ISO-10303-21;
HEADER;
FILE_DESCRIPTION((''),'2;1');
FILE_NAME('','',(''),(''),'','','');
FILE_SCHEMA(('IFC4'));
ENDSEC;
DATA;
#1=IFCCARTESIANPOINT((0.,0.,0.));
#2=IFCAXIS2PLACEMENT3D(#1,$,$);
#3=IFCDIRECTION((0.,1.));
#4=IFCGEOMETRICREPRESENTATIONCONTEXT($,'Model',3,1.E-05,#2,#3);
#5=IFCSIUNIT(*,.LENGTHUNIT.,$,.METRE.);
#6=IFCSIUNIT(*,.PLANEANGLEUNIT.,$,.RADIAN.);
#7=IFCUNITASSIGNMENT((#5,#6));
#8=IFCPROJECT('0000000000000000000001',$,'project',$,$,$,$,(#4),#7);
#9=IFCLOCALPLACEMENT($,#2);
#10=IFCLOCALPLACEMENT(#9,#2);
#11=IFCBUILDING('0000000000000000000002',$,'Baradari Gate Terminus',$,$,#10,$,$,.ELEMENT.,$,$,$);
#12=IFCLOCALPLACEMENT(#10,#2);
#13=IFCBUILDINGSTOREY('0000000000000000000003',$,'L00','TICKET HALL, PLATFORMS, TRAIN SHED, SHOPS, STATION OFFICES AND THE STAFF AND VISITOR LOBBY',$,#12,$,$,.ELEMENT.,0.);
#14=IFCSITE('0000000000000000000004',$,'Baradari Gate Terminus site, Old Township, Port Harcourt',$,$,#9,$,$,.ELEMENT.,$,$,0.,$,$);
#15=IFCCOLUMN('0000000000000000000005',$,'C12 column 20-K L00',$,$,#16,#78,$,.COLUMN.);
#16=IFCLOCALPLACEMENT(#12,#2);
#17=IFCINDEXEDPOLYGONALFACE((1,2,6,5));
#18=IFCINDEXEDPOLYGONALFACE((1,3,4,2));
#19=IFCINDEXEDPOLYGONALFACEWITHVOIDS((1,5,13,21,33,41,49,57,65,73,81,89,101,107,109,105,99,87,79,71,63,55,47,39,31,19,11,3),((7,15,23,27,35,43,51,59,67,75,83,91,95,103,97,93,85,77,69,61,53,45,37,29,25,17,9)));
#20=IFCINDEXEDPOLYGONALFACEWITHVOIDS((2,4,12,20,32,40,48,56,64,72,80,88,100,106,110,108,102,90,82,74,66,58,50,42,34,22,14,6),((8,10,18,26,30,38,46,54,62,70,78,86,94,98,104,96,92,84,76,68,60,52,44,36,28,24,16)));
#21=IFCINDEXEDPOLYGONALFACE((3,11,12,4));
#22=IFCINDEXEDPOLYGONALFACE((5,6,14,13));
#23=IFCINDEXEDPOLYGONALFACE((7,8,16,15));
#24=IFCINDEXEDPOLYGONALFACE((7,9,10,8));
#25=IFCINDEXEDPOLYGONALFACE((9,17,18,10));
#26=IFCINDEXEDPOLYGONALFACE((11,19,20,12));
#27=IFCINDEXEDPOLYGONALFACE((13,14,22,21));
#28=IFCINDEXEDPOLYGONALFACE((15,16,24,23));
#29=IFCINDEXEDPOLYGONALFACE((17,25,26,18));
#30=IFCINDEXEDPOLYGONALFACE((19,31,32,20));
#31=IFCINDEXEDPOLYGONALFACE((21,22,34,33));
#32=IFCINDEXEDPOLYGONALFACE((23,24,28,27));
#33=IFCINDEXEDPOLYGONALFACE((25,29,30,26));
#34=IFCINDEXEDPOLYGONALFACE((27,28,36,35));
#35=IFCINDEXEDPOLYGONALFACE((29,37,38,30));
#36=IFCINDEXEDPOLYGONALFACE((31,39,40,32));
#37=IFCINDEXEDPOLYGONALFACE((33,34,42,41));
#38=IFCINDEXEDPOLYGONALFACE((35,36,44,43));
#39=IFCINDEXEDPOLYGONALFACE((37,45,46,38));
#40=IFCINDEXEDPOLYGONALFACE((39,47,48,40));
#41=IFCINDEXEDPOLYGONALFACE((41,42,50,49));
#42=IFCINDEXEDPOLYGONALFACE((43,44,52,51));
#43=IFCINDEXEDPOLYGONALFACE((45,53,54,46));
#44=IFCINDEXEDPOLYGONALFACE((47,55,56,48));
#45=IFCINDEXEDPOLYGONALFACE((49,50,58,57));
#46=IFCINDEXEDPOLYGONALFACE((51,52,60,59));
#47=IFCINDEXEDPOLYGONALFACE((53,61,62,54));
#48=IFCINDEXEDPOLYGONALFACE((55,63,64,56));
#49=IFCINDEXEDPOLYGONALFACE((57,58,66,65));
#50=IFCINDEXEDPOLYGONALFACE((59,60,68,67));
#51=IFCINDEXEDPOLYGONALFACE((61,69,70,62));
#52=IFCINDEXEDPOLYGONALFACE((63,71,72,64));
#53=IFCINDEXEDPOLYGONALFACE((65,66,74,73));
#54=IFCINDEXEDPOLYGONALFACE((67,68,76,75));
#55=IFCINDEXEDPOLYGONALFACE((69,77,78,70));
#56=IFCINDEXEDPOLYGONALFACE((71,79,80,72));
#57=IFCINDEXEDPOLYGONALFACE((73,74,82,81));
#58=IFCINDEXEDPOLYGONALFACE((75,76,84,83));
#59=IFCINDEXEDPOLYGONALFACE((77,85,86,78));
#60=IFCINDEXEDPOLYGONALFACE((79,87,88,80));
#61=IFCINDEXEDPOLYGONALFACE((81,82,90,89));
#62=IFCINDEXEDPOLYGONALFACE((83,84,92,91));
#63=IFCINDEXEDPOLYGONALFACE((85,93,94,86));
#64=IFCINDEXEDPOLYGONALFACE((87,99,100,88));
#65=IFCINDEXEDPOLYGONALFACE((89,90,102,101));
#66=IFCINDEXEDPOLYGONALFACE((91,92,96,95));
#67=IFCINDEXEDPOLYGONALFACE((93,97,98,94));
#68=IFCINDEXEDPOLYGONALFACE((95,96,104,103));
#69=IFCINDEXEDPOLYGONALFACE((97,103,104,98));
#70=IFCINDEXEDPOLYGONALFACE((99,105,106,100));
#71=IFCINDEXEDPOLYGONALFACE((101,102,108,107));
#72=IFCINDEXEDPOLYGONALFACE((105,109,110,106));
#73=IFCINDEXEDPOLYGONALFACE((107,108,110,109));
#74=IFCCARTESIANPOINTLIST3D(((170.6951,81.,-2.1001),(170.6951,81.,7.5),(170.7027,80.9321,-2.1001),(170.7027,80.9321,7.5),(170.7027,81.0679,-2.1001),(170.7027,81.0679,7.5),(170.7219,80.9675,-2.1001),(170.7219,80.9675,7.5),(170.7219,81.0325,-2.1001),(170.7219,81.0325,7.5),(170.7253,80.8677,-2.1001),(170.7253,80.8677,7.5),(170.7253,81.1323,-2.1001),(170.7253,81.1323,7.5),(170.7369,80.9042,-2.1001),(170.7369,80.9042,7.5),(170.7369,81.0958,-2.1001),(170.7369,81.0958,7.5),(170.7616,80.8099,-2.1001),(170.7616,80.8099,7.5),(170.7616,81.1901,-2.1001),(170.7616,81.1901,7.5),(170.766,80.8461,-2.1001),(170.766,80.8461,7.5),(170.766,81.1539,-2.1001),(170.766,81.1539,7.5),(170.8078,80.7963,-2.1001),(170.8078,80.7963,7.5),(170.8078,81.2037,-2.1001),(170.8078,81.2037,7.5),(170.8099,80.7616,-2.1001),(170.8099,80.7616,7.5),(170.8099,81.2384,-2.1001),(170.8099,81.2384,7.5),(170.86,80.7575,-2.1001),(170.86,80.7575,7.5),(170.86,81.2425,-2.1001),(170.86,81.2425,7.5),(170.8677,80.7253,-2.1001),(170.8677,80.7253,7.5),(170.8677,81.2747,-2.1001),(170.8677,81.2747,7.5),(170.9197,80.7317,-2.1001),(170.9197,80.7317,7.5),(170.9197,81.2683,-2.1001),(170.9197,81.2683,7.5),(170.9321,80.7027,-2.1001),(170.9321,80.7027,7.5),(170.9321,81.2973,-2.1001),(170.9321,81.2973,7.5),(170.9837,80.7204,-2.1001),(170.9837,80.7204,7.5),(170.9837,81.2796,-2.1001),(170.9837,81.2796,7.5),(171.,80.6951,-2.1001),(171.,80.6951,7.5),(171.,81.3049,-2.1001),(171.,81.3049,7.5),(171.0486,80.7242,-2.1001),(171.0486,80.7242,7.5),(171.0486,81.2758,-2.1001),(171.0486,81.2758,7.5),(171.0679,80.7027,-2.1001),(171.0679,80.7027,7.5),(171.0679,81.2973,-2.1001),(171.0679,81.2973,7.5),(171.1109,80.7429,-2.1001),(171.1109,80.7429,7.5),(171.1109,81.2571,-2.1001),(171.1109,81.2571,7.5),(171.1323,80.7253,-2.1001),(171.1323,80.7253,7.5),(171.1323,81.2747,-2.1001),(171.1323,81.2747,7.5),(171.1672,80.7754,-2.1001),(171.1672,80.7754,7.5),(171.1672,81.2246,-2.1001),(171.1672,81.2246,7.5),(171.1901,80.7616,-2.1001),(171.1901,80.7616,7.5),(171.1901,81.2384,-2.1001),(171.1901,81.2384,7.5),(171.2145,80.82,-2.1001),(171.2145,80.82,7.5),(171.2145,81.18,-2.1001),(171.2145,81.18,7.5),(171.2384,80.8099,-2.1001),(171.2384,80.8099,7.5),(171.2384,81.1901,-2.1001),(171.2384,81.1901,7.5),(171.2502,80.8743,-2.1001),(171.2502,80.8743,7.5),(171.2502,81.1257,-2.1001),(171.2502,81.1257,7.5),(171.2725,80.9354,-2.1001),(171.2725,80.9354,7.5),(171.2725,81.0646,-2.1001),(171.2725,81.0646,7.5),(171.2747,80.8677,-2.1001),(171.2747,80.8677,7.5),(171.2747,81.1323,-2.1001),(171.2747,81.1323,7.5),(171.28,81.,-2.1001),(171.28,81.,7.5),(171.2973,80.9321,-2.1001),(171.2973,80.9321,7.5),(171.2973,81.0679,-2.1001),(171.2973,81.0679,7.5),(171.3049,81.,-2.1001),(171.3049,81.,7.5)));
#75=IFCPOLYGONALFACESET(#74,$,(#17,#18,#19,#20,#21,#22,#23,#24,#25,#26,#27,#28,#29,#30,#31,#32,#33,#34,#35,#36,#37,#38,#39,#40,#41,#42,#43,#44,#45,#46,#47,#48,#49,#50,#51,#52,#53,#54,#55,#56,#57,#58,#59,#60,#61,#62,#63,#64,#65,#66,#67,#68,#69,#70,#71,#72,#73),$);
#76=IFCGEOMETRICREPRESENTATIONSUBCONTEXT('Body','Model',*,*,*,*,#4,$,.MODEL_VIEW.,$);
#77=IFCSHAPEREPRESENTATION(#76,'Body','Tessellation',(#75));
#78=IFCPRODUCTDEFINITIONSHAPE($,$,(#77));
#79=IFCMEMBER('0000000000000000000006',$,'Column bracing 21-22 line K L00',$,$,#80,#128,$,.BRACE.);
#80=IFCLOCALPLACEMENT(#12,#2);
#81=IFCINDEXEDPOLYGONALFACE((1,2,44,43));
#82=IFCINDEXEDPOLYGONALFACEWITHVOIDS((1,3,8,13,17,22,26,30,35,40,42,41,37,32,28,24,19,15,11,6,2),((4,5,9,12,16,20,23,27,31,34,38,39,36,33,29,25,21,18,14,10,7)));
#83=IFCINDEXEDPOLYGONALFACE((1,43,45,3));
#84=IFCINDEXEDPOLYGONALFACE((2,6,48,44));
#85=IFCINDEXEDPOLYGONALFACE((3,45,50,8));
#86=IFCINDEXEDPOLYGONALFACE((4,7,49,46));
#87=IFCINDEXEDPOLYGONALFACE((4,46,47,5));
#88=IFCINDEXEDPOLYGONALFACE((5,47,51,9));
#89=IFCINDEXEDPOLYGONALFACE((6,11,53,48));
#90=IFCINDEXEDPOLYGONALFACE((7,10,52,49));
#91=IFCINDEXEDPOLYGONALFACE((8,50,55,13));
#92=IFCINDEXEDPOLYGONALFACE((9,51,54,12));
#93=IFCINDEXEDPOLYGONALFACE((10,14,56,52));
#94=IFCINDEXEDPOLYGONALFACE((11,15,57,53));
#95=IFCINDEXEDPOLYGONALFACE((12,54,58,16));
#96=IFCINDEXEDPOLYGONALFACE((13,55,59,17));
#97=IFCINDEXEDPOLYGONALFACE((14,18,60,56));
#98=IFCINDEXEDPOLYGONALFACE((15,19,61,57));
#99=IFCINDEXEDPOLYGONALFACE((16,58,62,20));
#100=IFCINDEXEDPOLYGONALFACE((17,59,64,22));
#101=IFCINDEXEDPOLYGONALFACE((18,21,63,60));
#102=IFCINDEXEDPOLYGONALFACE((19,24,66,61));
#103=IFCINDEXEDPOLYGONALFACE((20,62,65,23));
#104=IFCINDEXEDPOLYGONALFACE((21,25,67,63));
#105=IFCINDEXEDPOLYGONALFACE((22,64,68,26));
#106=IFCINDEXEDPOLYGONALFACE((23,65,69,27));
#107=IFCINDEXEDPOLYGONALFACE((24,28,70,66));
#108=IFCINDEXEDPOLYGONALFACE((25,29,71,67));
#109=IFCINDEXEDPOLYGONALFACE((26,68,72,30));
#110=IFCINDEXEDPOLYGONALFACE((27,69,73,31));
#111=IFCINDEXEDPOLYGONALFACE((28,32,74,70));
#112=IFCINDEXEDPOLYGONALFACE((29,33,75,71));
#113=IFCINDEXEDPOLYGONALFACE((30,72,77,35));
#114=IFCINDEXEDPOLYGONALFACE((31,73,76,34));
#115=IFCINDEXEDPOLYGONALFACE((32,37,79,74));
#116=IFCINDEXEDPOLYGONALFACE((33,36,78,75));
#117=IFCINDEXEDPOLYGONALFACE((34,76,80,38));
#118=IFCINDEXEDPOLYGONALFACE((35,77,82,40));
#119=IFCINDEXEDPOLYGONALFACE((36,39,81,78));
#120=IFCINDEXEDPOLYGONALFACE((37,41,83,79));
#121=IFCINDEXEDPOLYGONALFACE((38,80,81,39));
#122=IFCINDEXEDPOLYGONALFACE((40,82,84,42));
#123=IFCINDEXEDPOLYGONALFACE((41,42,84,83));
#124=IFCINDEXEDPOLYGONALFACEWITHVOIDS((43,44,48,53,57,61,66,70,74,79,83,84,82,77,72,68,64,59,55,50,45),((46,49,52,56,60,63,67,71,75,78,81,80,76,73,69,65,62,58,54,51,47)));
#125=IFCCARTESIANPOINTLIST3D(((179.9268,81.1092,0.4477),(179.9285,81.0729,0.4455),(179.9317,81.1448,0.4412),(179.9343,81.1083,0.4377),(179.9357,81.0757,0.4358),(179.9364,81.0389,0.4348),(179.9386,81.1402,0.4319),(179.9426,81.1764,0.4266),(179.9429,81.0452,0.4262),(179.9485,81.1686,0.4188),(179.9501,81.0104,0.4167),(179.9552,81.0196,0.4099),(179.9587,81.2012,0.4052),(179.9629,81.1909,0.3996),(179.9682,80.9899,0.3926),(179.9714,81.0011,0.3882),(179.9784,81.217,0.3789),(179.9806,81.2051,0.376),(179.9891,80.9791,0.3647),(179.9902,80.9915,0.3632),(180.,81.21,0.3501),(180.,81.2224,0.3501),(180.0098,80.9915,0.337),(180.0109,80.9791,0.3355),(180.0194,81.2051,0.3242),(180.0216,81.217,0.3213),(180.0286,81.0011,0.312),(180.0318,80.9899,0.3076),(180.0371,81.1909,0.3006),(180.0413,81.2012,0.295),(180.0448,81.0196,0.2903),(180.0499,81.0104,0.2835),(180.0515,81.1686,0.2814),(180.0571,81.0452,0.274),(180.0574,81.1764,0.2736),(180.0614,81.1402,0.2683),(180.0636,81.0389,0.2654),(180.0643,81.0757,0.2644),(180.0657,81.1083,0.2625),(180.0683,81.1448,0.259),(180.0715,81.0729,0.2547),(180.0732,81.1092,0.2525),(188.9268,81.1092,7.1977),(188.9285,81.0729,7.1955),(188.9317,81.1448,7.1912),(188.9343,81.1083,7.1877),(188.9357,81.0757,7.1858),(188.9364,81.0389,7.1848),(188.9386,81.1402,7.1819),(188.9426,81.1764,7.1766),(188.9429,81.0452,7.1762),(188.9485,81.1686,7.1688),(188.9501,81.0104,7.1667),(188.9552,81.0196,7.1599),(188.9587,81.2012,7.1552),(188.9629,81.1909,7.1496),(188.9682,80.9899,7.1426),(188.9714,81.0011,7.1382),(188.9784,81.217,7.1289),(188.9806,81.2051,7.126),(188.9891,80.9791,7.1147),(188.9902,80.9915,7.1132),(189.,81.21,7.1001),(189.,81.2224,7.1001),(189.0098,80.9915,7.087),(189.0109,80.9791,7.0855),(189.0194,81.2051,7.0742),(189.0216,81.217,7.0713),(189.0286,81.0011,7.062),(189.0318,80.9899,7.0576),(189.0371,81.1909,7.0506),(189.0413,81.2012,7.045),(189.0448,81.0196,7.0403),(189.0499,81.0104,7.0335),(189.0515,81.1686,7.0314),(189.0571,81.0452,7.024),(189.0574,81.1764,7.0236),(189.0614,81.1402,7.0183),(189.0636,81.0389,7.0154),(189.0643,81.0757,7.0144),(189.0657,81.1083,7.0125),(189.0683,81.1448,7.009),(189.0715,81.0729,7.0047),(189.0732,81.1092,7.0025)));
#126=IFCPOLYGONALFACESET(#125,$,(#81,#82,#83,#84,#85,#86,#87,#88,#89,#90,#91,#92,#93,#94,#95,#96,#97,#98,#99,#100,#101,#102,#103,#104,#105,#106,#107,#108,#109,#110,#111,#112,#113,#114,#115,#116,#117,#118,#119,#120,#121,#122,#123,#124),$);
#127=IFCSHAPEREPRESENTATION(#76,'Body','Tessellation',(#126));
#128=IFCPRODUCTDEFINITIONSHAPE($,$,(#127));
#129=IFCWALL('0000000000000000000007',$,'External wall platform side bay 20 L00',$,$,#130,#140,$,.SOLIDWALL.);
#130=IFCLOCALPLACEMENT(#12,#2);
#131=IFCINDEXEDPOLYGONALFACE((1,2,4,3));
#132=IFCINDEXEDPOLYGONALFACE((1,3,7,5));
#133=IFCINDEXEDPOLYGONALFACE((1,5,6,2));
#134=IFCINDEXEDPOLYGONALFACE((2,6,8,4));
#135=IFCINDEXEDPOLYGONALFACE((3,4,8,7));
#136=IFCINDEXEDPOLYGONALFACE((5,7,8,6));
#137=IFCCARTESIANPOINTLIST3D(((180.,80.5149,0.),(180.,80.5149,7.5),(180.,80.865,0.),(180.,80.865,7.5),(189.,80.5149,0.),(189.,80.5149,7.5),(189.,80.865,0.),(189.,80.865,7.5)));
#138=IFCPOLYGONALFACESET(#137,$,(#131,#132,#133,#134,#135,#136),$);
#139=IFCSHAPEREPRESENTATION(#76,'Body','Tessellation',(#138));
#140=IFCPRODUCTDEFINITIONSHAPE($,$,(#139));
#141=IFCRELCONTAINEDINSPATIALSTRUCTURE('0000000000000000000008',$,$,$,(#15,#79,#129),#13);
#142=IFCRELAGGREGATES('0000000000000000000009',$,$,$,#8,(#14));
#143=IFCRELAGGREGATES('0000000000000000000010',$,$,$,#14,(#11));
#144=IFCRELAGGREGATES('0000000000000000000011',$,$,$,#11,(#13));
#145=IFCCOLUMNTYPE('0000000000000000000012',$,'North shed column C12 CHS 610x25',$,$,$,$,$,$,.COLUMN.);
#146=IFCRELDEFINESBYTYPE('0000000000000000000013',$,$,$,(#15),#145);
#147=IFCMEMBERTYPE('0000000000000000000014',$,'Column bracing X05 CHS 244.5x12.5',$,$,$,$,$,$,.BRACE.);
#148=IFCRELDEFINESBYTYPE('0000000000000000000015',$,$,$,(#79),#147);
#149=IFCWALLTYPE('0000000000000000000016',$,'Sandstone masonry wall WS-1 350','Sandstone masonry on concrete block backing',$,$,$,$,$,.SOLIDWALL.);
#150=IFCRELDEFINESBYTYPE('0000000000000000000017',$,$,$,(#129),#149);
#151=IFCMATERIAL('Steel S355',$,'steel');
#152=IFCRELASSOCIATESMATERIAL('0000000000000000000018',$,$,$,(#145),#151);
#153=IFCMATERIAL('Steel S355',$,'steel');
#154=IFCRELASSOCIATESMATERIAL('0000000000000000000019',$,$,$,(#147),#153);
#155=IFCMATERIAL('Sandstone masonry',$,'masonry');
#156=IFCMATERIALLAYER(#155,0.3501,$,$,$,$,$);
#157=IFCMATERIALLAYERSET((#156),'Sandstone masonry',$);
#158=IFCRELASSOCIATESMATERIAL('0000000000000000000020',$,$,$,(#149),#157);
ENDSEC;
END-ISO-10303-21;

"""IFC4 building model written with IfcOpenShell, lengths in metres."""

from ifc_helpers import new_model, si_unit, direction, frame, frame_2d, origin, origin_2d, place, context, subcontext, project, spatial, rectangle, hollow_circle, extrude, material, layer, layer_set, material_profile, profile_set, type_object, element, save


model = new_model("IFC4")

# Units and contexts
model_context = context("Model", 3, precision=1e-05, world=origin(), true_north=direction((0.0, 1.0)))
body_context = subcontext(model_context, "Body", "Model", "MODEL_VIEW")
ifc_project = project(units=[si_unit("LENGTHUNIT", "METRE"), si_unit("PLANEANGLEUNIT", "RADIAN")], contexts=[model_context])

# Site, building, storey
site_placement = place(None, origin())
site = spatial("IfcSite", under=ifc_project, at=site_placement, Name="Baradari Gate Terminus site, Old Township, Port Harcourt", CompositionType="ELEMENT", RefElevation=0.0)
building_placement = place(site_placement, origin())
building = spatial("IfcBuilding", under=site, at=building_placement, Name="Baradari Gate Terminus", CompositionType="ELEMENT")
storey_placement = place(building_placement, origin())
storey = spatial("IfcBuildingStorey", under=building, at=storey_placement, Name="L00", Description="TICKET HALL, PLATFORMS, TRAIN SHED, SHOPS, STATION OFFICES AND THE STAFF AND VISITOR LOBBY", CompositionType="ELEMENT", Elevation=0.0)

# Column
ifc_material_1 = material(Name="Steel S355", Category="steel")
ifc_material_profile_1 = material_profile(ifc_material_1, hollow_circle(Radius=0.3049, WallThickness=0.0249, at=origin_2d()), Name="CHS 610x25")
ifc_profile_set_1 = profile_set([ifc_material_profile_1], Name="Steel S355")
column_type_1 = type_object("IfcColumnType", Name="North shed column C12 CHS 610x25", PredefinedType="COLUMN", material=ifc_profile_set_1)
for number, where, z_axis, x_axis, name in (
    (1, (171.0, 81.0, -2.1001), (0.0, 0.0, 1.0), (1.0, 0.0, 0.0), "C12 column 20-K L00"),
):
    element("IfcColumn", number, at=place(storey_placement, frame(where, z_axis=z_axis, x_axis=x_axis)), inside=storey, type_object=column_type_1, Name=name, PredefinedType="COLUMN", context=body_context, shape_type="SweptSolid", body=[
        extrude(hollow_circle(Radius=0.3049, WallThickness=0.0249, at=origin_2d()), origin(), (0.0, 0.0, 1.0), 9.6001),
    ])

# Member
ifc_material_2 = material(Name="Steel S355", Category="steel")
ifc_material_profile_2 = material_profile(ifc_material_2, hollow_circle(Radius=0.1223, WallThickness=0.0125, at=origin_2d()), Name="CHS 244.5x12.5")
ifc_profile_set_2 = profile_set([ifc_material_profile_2], Name="Steel S355")
member_type = type_object("IfcMemberType", Name="Column bracing X05 CHS 244.5x12.5", PredefinedType="BRACE", material=ifc_profile_set_2)
member_placement = place(storey_placement, frame((180.0, 81.1001, 0.3501), z_axis=(0.8, 0.0, 0.6), x_axis=(0.0, 1.0, 0.0)))
element("IfcMember", 2, at=member_placement, inside=storey, type_object=member_type, Name="Column bracing 21-22 line K L00", PredefinedType="BRACE", context=body_context, shape_type="SweptSolid", body=[
    extrude(hollow_circle(Radius=0.1223, WallThickness=0.0125, at=origin_2d()), origin(), (0.0, 0.0, 1.0), 11.25),
])

# Shared definitions
ifc_material_3 = material(Name="Sandstone masonry", Category="masonry")
ifc_layer = layer(ifc_material_3, 0.3501)
ifc_layer_set = layer_set([ifc_layer], Name="Sandstone masonry")
wall_type = type_object("IfcWallType", Name="Sandstone masonry wall WS-1 350", Description="Sandstone masonry on concrete block backing", PredefinedType="SOLIDWALL", material=ifc_layer_set)

# Wall
wall_1_placement = place(storey_placement, frame((180.0, 80.6899, 0.0), z_axis=(0.0, 0.0, 1.0), x_axis=(1.0, 0.0, 0.0)))
element("IfcWall", 3, at=wall_1_placement, inside=storey, type_object=wall_type, Name="External wall platform side bay 20 L00", PredefinedType="SOLIDWALL", context=body_context, shape_type="SweptSolid", body=[
    extrude(rectangle(XDim=9.0, YDim=0.3501, at=frame_2d((4.5, 0.0))), origin(), (0.0, 0.0, 1.0), 7.5),
])

save(model, "model.ifc")
